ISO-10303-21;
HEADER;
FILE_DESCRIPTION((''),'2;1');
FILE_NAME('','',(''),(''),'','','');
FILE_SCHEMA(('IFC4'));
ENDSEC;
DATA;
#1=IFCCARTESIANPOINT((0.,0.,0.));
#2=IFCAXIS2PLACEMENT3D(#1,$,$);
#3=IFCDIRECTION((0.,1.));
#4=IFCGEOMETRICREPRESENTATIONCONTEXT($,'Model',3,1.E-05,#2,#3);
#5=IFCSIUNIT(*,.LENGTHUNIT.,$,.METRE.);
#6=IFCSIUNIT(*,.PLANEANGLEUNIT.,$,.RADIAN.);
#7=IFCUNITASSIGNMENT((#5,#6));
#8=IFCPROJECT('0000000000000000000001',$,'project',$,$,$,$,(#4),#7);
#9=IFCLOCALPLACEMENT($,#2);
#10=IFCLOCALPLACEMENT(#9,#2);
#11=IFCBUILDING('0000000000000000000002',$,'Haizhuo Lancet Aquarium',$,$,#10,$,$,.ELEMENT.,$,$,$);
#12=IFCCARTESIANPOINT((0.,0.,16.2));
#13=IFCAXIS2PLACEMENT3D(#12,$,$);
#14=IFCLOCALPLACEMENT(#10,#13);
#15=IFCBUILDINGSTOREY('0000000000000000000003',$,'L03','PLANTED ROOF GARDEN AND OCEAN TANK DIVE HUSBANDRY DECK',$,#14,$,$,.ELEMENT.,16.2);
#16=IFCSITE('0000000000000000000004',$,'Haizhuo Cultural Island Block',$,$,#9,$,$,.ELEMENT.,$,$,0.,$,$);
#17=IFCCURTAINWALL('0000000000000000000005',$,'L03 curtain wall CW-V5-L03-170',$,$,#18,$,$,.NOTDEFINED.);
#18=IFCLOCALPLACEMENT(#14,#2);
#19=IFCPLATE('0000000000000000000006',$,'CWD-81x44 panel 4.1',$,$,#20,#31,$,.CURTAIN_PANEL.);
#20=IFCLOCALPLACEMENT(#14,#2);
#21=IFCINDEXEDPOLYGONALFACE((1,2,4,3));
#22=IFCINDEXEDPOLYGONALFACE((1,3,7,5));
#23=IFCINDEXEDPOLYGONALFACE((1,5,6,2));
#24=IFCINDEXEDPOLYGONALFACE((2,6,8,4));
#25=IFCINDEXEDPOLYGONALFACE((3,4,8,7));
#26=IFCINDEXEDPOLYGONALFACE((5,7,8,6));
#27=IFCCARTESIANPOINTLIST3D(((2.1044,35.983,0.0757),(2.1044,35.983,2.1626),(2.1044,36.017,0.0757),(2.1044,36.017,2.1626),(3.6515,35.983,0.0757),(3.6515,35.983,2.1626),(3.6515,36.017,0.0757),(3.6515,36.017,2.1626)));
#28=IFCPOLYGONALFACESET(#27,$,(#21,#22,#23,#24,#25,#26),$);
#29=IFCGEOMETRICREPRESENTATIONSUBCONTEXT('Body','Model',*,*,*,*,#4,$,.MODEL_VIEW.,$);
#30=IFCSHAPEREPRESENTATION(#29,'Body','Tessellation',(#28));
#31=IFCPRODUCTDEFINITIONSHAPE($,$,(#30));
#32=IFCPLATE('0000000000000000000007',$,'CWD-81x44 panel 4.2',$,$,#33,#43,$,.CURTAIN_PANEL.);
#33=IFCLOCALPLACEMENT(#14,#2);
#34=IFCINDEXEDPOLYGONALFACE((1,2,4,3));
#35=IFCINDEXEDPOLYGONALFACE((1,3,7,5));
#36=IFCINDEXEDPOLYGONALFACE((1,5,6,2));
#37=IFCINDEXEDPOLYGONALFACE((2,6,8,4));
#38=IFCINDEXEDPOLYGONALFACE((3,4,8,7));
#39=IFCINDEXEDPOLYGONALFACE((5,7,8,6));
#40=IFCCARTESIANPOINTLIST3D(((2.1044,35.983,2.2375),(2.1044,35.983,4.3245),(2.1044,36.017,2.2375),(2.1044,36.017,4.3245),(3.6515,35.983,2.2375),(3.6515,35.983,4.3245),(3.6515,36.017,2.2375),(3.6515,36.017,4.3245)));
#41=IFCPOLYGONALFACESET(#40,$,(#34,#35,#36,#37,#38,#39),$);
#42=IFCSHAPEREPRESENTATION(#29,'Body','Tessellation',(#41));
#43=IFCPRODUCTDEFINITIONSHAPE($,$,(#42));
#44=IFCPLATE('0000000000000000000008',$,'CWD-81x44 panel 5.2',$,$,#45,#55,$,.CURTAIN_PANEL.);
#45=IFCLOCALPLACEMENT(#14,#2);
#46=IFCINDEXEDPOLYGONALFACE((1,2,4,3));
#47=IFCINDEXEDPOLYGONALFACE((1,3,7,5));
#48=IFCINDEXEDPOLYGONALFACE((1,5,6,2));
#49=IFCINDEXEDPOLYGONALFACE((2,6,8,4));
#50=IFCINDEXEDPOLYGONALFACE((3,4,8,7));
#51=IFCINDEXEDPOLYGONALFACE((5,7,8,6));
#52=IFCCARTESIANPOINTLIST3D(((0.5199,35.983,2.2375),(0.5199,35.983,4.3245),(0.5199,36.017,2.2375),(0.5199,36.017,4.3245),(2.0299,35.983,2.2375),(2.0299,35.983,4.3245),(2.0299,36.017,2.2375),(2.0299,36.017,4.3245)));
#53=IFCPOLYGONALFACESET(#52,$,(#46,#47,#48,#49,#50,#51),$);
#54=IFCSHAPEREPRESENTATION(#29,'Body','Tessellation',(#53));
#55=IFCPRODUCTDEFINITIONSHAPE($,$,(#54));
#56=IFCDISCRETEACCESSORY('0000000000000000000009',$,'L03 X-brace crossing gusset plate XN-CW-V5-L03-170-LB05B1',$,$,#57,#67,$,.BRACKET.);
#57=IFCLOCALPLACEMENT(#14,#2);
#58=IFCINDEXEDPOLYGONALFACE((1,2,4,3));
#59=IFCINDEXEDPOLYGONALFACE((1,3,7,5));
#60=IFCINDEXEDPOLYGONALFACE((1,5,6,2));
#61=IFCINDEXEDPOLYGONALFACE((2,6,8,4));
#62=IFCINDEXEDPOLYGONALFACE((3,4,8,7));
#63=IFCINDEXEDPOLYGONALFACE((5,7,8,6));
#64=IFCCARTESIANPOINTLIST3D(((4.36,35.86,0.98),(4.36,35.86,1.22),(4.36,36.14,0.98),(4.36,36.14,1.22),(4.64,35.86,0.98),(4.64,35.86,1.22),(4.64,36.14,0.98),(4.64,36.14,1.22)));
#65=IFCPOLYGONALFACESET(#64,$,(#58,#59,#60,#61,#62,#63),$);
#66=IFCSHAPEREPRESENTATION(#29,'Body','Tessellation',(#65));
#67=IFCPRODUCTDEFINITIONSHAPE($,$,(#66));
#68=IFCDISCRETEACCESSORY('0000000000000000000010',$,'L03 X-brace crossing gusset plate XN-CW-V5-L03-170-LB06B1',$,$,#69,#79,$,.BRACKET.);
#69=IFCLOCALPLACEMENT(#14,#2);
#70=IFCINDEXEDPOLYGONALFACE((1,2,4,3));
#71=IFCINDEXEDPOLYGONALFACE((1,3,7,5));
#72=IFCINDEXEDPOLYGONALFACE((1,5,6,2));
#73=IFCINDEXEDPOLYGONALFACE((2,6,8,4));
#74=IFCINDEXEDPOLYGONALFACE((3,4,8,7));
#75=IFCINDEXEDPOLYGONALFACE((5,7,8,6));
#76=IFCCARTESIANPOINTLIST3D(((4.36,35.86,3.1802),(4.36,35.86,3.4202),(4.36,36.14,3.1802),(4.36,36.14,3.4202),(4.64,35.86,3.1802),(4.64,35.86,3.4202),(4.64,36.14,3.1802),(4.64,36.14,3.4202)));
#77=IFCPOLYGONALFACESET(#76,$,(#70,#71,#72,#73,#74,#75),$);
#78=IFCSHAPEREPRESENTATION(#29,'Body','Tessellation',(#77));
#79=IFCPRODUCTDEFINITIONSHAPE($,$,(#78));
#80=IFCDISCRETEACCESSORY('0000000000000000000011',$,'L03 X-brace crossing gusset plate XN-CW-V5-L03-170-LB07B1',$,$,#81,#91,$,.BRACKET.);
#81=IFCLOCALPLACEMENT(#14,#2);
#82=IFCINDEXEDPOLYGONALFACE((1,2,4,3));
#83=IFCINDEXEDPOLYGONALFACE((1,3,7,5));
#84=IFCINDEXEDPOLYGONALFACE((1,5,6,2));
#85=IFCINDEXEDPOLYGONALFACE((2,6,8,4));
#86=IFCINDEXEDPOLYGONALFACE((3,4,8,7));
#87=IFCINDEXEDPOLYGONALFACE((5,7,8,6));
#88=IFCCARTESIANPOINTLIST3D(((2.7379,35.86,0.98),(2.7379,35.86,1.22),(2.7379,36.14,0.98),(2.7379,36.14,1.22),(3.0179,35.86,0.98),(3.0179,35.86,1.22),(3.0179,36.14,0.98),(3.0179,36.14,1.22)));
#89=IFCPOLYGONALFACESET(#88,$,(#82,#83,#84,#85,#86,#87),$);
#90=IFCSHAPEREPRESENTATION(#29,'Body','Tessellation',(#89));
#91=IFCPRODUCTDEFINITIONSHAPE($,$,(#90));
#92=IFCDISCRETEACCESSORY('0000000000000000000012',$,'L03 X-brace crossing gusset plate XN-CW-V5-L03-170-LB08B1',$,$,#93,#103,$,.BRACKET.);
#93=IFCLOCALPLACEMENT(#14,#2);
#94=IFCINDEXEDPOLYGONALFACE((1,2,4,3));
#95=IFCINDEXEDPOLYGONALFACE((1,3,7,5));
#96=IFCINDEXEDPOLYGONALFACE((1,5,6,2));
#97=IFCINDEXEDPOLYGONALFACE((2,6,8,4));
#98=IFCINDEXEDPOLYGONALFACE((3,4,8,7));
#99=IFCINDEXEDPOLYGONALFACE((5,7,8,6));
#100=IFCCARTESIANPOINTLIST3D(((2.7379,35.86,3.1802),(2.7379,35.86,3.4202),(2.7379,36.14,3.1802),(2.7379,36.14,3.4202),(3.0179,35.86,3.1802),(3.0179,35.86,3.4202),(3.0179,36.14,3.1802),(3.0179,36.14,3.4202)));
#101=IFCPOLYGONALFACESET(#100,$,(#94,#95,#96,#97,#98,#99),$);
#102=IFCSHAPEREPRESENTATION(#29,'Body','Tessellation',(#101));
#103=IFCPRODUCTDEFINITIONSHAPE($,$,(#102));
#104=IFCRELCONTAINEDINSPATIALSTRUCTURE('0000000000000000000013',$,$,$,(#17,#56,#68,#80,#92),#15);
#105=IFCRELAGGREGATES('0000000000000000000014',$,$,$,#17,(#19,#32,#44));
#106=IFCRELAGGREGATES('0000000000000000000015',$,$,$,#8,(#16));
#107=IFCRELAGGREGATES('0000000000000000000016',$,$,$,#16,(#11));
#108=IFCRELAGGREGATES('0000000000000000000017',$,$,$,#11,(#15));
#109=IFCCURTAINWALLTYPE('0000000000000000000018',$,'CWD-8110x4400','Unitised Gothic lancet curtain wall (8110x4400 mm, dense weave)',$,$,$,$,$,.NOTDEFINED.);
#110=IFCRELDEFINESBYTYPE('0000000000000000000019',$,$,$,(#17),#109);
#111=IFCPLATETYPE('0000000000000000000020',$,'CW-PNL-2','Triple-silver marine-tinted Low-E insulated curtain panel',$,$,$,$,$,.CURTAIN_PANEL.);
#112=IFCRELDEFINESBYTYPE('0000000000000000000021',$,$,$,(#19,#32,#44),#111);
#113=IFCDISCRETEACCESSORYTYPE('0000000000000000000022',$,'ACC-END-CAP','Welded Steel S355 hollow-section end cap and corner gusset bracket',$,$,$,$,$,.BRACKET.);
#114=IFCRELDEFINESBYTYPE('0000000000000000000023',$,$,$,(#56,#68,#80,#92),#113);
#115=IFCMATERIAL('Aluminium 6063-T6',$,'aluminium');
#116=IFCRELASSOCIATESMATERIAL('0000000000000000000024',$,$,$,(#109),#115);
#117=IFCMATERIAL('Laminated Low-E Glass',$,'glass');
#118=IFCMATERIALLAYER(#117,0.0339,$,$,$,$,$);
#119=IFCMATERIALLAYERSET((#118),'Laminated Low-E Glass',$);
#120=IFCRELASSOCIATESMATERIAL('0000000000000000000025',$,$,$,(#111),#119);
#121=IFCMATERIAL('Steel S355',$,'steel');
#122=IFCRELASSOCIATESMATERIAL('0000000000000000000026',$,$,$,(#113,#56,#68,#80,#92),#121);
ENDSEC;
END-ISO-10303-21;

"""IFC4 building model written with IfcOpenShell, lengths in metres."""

from ifc_helpers import new_model, si_unit, direction, frame, origin, origin_2d, place, context, subcontext, project, spatial, rectangle, extrude, material, layer, layer_set, type_object, element, aggregate, save


model = new_model("IFC4")

# Units and contexts
model_context = context("Model", 3, precision=1e-05, world=origin(), true_north=direction((0.0, 1.0)))
body_context = subcontext(model_context, "Body", "Model", "MODEL_VIEW")
ifc_project = project(units=[si_unit("LENGTHUNIT", "METRE"), si_unit("PLANEANGLEUNIT", "RADIAN")], contexts=[model_context])

# Site, building, storey
site_placement = place(None, origin())
site = spatial("IfcSite", under=ifc_project, at=site_placement, Name="Haizhuo Cultural Island Block", CompositionType="ELEMENT", RefElevation=0.0)
building_placement = place(site_placement, origin())
building = spatial("IfcBuilding", under=site, at=building_placement, Name="Haizhuo Lancet Aquarium", CompositionType="ELEMENT")
storey_placement = place(building_placement, frame((0.0, 0.0, 16.2)))
storey = spatial("IfcBuildingStorey", under=building, at=storey_placement, Name="L03", Description="PLANTED ROOF GARDEN AND OCEAN TANK DIVE HUSBANDRY DECK", CompositionType="ELEMENT", Elevation=16.2)

# Curtain wall
ifc_material_1 = material(Name="Aluminium 6063-T6", Category="aluminium")
curtain_wall_type = type_object("IfcCurtainWallType", Name="CWD-8110x4400", Description="Unitised Gothic lancet curtain wall (8110x4400 mm, dense weave)", PredefinedType="NOTDEFINED", material=ifc_material_1)
curtain_wall_placement = place(storey_placement, origin())
curtain_wall = element("IfcCurtainWall", 1, at=curtain_wall_placement, inside=storey, type_object=curtain_wall_type, Name="L03 curtain wall CW-V5-L03-170", PredefinedType="NOTDEFINED")

# Shared definitions
ifc_material_2 = material(Name="Steel S355", Category="steel")

# Plates
ifc_material_3 = material(Name="Laminated Low-E Glass", Category="glass")
ifc_layer = layer(ifc_material_3, 0.0339)
ifc_layer_set = layer_set([ifc_layer], Name="Laminated Low-E Glass")
plate_type = type_object("IfcPlateType", Name="CW-PNL-2", Description="Triple-silver marine-tinted Low-E insulated curtain panel", PredefinedType="CURTAIN_PANEL", material=ifc_layer_set)
plate_1_placement = place(storey_placement, frame((2.8779, 36.0, 0.0757), z_axis=(0.0, 0.0, 1.0), x_axis=(-1.0, 0.0, 0.0)))
plate_1 = element("IfcPlate", 2, at=plate_1_placement, type_object=plate_type, Name="CWD-81x44 panel 4.1", PredefinedType="CURTAIN_PANEL", context=body_context, shape_type="SweptSolid", body=[
    extrude(rectangle(XDim=1.5471, YDim=0.0339, at=origin_2d()), origin(), (0.0, 0.0, 1.0), 2.0869),
])
plate_2_placement = place(storey_placement, frame((2.8779, 36.0, 2.2375), z_axis=(0.0, 0.0, 1.0), x_axis=(-1.0, 0.0, 0.0)))
plate_2 = element("IfcPlate", 3, at=plate_2_placement, type_object=plate_type, Name="CWD-81x44 panel 4.2", PredefinedType="CURTAIN_PANEL", context=body_context, shape_type="SweptSolid", body=[
    extrude(rectangle(XDim=1.5471, YDim=0.0339, at=origin_2d()), origin(), (0.0, 0.0, 1.0), 2.0869),
])
plate_3_placement = place(storey_placement, frame((1.2749, 36.0, 2.2375), z_axis=(0.0, 0.0, 1.0), x_axis=(-1.0, 0.0, 0.0)))
plate_3 = element("IfcPlate", 4, at=plate_3_placement, type_object=plate_type, Name="CWD-81x44 panel 5.2", PredefinedType="CURTAIN_PANEL", context=body_context, shape_type="SweptSolid", body=[
    extrude(rectangle(XDim=1.51, YDim=0.0339, at=origin_2d()), origin(), (0.0, 0.0, 1.0), 2.0869),
])
aggregate(curtain_wall, [plate_1, plate_2, plate_3])

# Discrete accessories
discrete_accessory_type = type_object("IfcDiscreteAccessoryType", Name="ACC-END-CAP", Description="Welded Steel S355 hollow-section end cap and corner gusset bracket", PredefinedType="BRACKET", material=ifc_material_2)
for number, where, z_axis, x_axis, name in (
    (5, (4.5, 36.0, 0.98), (0.0, 0.0, 1.0), (1.0, 0.0, 0.0), "L03 X-brace crossing gusset plate XN-CW-V5-L03-170-LB05B1"),
    (6, (4.5, 36.0, 3.1802), (0.0, 0.0, 1.0), (1.0, 0.0, 0.0), "L03 X-brace crossing gusset plate XN-CW-V5-L03-170-LB06B1"),
    (7, (2.8779, 36.0, 0.98), (0.0, 0.0, 1.0), (1.0, 0.0, 0.0), "L03 X-brace crossing gusset plate XN-CW-V5-L03-170-LB07B1"),
    (8, (2.8779, 36.0, 3.1802), (0.0, 0.0, 1.0), (1.0, 0.0, 0.0), "L03 X-brace crossing gusset plate XN-CW-V5-L03-170-LB08B1"),
):
    element("IfcDiscreteAccessory", number, at=place(storey_placement, frame(where, z_axis=z_axis, x_axis=x_axis)), inside=storey, type_object=discrete_accessory_type, material=ifc_material_2, Name=name, PredefinedType="BRACKET", context=body_context, shape_type="SweptSolid", body=[
        extrude(rectangle(XDim=0.28, YDim=0.28, at=origin_2d()), origin(), (0.0, 0.0, 1.0), 0.24),
    ])

save(model, "model.ifc")
